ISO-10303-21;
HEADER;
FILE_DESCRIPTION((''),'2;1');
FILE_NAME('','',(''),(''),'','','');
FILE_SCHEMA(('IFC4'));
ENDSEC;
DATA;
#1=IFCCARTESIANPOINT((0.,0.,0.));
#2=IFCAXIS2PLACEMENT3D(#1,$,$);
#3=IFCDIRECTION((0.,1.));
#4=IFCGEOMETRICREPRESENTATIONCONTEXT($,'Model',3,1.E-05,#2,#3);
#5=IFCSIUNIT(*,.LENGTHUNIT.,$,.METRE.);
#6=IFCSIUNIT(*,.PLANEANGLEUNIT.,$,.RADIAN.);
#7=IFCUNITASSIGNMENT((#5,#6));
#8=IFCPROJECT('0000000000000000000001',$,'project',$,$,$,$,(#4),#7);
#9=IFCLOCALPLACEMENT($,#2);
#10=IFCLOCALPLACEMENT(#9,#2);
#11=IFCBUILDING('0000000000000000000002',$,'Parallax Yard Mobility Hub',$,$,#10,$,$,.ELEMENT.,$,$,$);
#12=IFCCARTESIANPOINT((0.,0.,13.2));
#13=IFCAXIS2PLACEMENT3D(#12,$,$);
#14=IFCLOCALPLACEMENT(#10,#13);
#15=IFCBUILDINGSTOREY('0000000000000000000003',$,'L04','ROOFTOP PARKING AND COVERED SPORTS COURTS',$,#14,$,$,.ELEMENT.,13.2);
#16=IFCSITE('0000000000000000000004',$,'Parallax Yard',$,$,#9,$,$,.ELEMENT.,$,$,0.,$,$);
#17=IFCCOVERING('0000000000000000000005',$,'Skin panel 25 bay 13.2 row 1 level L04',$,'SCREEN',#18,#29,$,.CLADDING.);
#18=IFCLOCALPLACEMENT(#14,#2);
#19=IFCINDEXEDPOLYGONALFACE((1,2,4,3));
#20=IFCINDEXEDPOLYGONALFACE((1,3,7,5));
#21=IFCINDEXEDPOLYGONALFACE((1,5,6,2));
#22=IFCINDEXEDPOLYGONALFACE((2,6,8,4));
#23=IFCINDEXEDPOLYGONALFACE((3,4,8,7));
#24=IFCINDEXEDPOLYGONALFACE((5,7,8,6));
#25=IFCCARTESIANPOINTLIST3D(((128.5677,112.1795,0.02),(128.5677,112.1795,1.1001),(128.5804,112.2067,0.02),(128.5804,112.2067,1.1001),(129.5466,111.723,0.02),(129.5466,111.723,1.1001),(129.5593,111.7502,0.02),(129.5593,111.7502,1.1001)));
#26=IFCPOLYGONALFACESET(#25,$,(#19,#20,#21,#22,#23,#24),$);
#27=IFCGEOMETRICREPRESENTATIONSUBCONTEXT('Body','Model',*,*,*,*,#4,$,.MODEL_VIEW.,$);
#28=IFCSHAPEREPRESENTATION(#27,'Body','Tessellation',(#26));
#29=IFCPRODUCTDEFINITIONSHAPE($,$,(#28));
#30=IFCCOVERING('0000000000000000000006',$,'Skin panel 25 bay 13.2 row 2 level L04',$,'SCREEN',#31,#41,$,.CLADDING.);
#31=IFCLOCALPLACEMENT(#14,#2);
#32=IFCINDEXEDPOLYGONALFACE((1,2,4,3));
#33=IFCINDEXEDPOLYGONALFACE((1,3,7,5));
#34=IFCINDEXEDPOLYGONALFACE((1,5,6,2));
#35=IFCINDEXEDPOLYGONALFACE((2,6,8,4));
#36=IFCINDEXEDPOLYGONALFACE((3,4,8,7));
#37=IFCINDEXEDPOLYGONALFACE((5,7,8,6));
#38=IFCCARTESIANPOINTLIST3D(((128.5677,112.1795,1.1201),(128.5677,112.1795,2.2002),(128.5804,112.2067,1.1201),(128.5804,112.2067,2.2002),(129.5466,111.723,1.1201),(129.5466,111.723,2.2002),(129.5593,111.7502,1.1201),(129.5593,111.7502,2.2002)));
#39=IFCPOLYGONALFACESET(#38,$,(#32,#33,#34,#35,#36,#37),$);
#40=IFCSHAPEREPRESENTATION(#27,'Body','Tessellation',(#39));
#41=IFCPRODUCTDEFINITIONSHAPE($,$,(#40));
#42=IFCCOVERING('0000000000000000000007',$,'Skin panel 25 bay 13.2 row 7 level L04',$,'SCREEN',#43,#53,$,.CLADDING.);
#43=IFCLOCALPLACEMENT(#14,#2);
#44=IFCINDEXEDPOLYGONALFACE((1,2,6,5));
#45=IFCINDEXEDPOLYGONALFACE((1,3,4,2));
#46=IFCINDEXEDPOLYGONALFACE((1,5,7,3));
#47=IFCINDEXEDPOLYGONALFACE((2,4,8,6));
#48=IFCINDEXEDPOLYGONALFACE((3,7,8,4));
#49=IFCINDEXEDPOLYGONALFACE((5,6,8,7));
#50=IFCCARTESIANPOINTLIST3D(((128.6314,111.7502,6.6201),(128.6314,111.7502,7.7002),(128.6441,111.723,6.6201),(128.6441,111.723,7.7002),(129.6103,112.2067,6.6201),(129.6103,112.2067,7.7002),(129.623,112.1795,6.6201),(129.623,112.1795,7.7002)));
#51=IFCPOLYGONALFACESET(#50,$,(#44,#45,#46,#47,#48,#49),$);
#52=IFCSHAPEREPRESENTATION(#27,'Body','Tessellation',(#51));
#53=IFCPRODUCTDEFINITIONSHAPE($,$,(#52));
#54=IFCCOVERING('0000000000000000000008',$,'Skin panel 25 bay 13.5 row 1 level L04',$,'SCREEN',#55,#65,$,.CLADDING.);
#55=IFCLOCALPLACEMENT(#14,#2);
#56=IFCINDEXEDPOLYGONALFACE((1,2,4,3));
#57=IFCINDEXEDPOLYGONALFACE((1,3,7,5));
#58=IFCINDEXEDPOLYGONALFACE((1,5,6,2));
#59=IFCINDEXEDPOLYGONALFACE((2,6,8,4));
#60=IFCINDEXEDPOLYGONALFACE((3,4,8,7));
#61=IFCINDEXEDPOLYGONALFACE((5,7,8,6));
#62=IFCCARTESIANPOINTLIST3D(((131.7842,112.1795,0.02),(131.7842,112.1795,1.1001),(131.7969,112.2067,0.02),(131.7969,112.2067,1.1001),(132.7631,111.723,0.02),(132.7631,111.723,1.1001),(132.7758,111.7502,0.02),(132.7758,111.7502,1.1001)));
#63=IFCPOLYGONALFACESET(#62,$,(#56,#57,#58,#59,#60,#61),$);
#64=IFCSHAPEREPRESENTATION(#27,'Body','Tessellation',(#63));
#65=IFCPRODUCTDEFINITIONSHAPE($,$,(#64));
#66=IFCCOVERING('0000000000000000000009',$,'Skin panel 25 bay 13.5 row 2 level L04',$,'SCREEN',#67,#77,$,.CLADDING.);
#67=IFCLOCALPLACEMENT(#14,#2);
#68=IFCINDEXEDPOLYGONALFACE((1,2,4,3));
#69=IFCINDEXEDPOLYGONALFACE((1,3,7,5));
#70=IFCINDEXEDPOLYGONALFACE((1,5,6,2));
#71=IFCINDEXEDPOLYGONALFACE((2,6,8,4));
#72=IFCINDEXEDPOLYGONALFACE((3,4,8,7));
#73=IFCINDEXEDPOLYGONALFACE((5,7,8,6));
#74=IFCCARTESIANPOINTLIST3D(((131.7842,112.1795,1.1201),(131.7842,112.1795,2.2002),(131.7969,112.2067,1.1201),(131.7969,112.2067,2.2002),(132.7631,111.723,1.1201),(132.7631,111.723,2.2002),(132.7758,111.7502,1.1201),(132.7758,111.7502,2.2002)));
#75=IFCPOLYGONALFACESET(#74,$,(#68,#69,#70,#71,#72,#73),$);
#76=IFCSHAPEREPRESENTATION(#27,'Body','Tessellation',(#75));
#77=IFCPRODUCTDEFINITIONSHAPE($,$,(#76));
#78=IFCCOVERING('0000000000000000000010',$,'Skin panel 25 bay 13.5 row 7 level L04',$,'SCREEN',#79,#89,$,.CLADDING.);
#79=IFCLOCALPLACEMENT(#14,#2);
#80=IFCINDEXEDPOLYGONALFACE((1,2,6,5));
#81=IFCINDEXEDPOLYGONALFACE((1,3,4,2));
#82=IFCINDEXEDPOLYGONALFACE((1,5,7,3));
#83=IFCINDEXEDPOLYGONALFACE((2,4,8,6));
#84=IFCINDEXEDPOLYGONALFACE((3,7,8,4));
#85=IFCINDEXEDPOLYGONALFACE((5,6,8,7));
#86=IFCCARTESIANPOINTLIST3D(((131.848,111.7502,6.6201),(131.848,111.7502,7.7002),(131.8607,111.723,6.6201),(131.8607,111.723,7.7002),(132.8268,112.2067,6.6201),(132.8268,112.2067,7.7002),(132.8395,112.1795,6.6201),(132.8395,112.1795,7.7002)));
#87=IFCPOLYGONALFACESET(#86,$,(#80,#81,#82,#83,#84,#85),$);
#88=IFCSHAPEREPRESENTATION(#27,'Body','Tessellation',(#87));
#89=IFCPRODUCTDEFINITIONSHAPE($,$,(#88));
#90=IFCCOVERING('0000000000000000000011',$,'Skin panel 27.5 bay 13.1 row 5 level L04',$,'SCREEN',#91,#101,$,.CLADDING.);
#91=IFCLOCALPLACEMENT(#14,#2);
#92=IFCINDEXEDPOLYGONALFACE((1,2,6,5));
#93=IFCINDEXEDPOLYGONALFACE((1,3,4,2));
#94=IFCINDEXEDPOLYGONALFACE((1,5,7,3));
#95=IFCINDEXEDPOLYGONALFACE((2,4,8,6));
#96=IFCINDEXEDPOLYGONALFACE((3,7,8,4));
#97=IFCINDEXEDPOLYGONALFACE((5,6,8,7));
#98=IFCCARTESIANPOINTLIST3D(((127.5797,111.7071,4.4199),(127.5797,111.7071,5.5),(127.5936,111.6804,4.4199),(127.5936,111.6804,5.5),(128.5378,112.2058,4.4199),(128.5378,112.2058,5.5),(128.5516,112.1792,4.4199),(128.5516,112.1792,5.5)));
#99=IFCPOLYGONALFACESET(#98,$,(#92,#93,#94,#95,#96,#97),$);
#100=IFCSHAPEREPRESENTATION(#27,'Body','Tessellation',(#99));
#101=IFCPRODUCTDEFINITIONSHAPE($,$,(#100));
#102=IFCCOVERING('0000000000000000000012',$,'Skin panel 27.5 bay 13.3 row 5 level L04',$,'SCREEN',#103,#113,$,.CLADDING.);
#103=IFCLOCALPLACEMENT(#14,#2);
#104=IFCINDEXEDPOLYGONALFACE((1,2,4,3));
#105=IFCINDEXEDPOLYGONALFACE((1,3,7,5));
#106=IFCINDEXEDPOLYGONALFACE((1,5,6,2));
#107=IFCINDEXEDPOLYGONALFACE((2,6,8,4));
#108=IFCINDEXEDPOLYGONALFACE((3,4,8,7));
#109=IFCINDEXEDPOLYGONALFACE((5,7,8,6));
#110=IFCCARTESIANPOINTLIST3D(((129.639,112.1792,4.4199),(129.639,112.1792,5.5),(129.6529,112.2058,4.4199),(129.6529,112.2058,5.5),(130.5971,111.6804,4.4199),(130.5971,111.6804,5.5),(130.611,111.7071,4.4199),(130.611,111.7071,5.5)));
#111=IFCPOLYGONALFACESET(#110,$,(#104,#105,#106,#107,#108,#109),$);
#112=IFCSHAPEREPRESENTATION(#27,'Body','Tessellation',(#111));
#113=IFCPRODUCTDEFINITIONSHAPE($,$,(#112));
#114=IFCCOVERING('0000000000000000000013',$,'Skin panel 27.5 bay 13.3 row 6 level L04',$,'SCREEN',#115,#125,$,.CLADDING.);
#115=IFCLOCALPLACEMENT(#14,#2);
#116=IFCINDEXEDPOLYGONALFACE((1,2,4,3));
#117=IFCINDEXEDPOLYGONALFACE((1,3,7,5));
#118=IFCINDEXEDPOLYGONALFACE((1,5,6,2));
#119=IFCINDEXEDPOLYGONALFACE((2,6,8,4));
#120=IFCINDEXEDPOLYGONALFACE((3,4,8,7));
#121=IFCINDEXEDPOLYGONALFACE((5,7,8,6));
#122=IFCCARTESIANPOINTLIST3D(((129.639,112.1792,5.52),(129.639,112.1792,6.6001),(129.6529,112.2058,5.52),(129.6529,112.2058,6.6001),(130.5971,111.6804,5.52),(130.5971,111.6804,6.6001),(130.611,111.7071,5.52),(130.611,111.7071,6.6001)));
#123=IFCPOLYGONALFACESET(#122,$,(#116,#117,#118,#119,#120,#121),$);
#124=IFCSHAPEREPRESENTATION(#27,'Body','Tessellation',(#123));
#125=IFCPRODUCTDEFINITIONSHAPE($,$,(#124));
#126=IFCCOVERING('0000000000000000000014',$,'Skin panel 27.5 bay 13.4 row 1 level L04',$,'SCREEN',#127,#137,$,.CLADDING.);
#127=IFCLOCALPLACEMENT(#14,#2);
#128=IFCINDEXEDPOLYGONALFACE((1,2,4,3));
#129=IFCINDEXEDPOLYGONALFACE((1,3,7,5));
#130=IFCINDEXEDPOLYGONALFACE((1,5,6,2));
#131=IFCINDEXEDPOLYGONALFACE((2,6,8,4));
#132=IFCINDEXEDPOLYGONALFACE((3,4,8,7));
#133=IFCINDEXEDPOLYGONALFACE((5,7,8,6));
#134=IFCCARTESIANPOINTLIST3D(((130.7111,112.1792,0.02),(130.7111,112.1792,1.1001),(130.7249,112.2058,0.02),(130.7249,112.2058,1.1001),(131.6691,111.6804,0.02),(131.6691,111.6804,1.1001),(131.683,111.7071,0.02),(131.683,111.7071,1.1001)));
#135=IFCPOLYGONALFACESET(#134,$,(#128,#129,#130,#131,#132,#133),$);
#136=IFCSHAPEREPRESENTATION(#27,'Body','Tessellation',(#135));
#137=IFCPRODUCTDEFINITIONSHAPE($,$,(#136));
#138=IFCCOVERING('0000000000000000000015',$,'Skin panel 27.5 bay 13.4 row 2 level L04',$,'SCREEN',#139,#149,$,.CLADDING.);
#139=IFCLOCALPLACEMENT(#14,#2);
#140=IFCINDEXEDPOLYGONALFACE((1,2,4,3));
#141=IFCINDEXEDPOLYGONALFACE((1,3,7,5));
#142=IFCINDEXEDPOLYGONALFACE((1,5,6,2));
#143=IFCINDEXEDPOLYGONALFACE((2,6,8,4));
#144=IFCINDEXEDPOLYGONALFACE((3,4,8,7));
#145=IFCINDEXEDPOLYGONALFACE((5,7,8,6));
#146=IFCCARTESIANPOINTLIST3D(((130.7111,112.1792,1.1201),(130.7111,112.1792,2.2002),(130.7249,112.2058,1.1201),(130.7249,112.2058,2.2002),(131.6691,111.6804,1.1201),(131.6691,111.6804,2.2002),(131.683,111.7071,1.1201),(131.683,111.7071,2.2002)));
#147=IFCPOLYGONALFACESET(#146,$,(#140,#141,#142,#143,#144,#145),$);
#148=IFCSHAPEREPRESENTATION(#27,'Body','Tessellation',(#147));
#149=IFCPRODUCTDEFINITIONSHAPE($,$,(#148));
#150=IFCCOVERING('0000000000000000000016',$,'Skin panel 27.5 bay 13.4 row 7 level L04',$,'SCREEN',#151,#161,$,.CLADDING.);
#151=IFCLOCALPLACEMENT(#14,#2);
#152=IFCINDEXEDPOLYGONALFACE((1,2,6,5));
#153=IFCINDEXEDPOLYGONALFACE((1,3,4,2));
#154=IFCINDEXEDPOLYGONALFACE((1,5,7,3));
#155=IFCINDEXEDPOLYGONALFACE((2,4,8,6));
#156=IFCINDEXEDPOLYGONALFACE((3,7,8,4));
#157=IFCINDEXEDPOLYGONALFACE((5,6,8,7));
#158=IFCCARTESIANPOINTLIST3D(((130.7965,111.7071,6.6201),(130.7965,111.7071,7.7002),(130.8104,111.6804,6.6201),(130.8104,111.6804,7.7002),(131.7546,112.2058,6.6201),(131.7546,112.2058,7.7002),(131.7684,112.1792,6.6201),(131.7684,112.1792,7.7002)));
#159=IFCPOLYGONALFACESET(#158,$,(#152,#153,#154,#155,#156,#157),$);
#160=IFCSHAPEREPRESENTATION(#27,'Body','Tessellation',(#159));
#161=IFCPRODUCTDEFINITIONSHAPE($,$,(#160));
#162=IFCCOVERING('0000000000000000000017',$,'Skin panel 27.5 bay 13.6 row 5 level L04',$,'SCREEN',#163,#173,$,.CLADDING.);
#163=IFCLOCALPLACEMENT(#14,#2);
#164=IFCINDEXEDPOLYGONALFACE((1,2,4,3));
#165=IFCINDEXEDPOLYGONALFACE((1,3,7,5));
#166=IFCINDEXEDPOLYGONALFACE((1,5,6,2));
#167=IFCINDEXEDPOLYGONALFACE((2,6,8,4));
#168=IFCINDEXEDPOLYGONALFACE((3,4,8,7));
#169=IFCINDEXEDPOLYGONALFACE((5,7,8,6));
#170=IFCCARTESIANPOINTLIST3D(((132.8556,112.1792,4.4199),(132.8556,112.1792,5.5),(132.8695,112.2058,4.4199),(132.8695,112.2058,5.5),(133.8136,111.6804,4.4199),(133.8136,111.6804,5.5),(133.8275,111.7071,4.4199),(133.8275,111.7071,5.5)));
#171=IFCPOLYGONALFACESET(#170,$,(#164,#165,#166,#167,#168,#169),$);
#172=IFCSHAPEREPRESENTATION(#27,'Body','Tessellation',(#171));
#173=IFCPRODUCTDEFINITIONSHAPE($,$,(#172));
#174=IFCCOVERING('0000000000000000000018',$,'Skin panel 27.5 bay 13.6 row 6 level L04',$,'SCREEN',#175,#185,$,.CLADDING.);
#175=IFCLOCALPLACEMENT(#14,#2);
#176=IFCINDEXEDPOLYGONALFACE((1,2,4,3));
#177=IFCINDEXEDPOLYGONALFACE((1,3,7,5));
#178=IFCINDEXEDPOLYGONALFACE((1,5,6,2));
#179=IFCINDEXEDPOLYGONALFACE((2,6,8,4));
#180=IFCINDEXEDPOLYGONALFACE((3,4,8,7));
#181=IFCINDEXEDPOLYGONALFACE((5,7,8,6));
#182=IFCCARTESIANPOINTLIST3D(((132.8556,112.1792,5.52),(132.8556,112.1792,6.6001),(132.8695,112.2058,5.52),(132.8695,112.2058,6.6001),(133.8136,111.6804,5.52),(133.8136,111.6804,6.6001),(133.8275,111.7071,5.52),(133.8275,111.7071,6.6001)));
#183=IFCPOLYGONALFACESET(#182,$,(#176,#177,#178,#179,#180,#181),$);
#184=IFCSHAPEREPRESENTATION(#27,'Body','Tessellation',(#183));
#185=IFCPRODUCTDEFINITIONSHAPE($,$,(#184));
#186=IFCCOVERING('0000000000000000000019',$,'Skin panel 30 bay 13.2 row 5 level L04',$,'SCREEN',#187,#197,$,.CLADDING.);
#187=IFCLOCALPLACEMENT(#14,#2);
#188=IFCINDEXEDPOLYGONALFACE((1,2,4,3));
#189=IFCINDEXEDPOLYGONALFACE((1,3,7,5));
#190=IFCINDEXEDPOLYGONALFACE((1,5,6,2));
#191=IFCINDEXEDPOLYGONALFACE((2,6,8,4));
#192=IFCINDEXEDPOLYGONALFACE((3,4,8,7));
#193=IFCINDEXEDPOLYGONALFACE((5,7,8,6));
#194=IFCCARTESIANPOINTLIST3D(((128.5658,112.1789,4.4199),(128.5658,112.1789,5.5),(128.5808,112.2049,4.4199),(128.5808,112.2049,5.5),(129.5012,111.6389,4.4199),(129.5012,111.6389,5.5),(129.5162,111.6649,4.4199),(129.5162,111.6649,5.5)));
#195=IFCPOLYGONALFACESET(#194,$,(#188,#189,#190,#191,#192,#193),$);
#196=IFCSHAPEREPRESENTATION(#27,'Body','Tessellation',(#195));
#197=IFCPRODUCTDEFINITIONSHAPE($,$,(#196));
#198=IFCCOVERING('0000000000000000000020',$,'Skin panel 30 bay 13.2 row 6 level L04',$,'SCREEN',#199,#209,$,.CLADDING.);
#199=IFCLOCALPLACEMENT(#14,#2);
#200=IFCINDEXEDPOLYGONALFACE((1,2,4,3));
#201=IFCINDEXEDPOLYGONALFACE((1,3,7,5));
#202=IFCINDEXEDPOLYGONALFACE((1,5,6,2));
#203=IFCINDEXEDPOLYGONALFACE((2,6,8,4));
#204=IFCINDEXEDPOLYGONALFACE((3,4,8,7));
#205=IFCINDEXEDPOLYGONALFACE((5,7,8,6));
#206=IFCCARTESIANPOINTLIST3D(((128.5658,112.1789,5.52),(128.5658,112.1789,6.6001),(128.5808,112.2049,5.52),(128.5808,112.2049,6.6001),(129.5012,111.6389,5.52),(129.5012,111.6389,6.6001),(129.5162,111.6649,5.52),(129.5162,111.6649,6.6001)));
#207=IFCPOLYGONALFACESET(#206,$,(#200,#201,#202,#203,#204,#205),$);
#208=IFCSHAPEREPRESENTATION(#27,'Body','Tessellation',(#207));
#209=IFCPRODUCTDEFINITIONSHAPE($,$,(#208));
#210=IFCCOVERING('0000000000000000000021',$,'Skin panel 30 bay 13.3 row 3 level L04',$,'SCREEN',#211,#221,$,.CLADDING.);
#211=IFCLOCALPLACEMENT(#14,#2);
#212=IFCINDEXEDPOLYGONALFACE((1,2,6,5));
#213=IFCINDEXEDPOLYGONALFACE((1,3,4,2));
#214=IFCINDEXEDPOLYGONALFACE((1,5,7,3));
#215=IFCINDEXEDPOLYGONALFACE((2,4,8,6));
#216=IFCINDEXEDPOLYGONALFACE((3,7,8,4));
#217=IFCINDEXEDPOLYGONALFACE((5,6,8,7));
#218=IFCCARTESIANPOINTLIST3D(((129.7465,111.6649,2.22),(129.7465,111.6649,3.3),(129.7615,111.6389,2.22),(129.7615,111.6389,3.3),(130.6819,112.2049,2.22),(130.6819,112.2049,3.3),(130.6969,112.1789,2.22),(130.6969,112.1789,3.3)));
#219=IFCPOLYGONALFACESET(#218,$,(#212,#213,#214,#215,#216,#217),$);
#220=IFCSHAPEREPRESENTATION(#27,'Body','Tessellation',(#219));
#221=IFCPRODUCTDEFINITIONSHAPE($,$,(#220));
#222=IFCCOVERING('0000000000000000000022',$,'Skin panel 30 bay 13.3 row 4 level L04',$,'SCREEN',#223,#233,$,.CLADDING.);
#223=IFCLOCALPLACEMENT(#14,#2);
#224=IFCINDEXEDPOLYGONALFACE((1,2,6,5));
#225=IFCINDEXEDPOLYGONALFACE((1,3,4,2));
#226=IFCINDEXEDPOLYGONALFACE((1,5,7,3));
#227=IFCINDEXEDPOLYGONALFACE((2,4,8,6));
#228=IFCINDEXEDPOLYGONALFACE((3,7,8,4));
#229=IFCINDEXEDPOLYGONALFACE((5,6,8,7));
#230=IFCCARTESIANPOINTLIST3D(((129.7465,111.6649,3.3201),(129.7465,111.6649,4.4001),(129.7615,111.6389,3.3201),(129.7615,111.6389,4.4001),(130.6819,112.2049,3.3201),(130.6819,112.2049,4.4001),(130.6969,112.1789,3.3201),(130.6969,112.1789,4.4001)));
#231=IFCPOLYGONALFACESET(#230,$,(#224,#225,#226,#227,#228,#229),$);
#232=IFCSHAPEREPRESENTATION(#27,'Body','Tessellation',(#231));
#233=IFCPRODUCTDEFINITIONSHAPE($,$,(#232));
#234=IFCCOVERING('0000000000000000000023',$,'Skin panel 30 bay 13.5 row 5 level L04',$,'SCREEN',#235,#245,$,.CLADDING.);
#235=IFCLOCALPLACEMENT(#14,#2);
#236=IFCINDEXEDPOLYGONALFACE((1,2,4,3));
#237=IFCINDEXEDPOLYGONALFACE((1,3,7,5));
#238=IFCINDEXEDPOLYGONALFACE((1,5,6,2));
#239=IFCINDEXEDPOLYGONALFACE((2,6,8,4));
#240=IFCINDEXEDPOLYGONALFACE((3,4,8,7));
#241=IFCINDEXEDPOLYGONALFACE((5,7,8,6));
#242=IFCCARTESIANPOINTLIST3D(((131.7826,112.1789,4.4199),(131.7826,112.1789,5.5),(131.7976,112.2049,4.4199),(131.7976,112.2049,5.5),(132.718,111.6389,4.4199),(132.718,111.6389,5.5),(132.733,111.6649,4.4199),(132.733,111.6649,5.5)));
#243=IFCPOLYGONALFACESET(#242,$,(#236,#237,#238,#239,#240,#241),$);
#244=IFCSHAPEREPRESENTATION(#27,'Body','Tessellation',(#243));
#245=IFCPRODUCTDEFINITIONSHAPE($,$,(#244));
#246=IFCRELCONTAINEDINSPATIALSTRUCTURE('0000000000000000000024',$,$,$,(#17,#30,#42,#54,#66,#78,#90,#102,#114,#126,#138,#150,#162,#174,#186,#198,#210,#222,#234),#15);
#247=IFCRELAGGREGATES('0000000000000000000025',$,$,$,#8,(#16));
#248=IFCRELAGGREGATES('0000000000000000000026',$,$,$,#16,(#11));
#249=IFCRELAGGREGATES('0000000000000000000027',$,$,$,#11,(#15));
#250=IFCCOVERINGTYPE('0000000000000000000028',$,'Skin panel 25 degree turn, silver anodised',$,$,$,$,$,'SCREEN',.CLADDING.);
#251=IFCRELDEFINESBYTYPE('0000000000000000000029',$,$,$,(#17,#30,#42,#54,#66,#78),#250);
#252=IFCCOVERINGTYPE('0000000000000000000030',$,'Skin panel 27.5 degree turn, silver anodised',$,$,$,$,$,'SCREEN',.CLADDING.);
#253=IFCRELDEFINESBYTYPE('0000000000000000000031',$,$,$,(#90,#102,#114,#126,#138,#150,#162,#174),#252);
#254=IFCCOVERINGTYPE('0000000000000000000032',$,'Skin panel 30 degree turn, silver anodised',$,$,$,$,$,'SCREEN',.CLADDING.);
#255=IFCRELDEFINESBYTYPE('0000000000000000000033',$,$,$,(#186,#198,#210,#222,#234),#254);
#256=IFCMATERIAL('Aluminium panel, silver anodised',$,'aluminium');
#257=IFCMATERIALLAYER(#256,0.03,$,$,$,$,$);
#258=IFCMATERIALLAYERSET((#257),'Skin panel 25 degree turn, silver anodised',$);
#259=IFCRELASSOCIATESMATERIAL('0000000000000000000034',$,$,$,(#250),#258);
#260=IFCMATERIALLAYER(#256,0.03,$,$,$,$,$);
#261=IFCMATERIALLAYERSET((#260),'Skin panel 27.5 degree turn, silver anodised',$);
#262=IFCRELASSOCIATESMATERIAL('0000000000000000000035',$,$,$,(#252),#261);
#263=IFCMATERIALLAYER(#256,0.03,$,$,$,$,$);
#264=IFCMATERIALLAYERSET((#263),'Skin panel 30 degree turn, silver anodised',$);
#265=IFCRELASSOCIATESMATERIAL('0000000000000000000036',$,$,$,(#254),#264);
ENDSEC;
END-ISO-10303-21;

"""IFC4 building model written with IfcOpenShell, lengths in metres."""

from ifc_helpers import new_model, si_unit, direction, frame, origin, origin_2d, place, context, subcontext, project, spatial, rectangle, extrude, material, layer, layer_set, type_object, element, save


model = new_model("IFC4")

# Units and contexts
model_context = context("Model", 3, precision=1e-05, world=origin(), true_north=direction((0.0, 1.0)))
body_context = subcontext(model_context, "Body", "Model", "MODEL_VIEW")
ifc_project = project(units=[si_unit("LENGTHUNIT", "METRE"), si_unit("PLANEANGLEUNIT", "RADIAN")], contexts=[model_context])

# Site, building, storey
site_placement = place(None, origin())
site = spatial("IfcSite", under=ifc_project, at=site_placement, Name="Parallax Yard", CompositionType="ELEMENT", RefElevation=0.0)
building_placement = place(site_placement, origin())
building = spatial("IfcBuilding", under=site, at=building_placement, Name="Parallax Yard Mobility Hub", CompositionType="ELEMENT")
storey_placement = place(building_placement, frame((0.0, 0.0, 13.2)))
storey = spatial("IfcBuildingStorey", under=building, at=storey_placement, Name="L04", Description="ROOFTOP PARKING AND COVERED SPORTS COURTS", CompositionType="ELEMENT", Elevation=13.2)

# Coverings
ifc_material = material(Name="Aluminium panel, silver anodised", Category="aluminium")
ifc_layer_1 = layer(ifc_material, 0.03)
ifc_layer_set_1 = layer_set([ifc_layer_1], Name="Skin panel 25 degree turn, silver anodised")
covering_type_1 = type_object("IfcCoveringType", Name="Skin panel 25 degree turn, silver anodised", ElementType="SCREEN", PredefinedType="CLADDING", material=ifc_layer_set_1)
for number, where, z_axis, x_axis, name in (
    (1, (129.0635, 111.9648, 0.02), (0.0, 0.0, 1.0), (0.906308, -0.422618, 0.0), "Skin panel 25 bay 13.2 row 1 level L04"),
    (2, (129.0635, 111.9648, 1.1201), (0.0, 0.0, 1.0), (0.906308, -0.422618, 0.0), "Skin panel 25 bay 13.2 row 2 level L04"),
    (3, (129.1272, 111.9648, 6.6201), (0.0, 0.0, 1.0), (-0.906308, -0.422618, 0.0), "Skin panel 25 bay 13.2 row 7 level L04"),
    (4, (132.28, 111.9648, 0.02), (0.0, 0.0, 1.0), (0.906308, -0.422618, 0.0), "Skin panel 25 bay 13.5 row 1 level L04"),
    (5, (132.28, 111.9648, 1.1201), (0.0, 0.0, 1.0), (0.906308, -0.422618, 0.0), "Skin panel 25 bay 13.5 row 2 level L04"),
    (6, (132.3438, 111.9648, 6.6201), (0.0, 0.0, 1.0), (-0.906308, -0.422618, 0.0), "Skin panel 25 bay 13.5 row 7 level L04"),
):
    element("IfcCovering", number, at=place(storey_placement, frame(where, z_axis=z_axis, x_axis=x_axis)), inside=storey, type_object=covering_type_1, Name=name, ObjectType="SCREEN", PredefinedType="CLADDING", context=body_context, shape_type="SweptSolid", body=[
        extrude(rectangle(XDim=1.0801, YDim=0.03, at=origin_2d()), origin(), (0.0, 0.0, 1.0), 1.0801),
    ])
ifc_layer_2 = layer(ifc_material, 0.03)
ifc_layer_set_2 = layer_set([ifc_layer_2], Name="Skin panel 27.5 degree turn, silver anodised")
covering_type_2 = type_object("IfcCoveringType", Name="Skin panel 27.5 degree turn, silver anodised", ElementType="SCREEN", PredefinedType="CLADDING", material=ifc_layer_set_2)
for number, where, z_axis, x_axis, name in (
    (7, (128.0657, 111.9431, 4.4199), (0.0, 0.0, 1.0), (-0.887011, -0.461749, 0.0), "Skin panel 27.5 bay 13.1 row 5 level L04"),
    (8, (130.125, 111.9431, 4.4199), (0.0, 0.0, 1.0), (0.887011, -0.461749, 0.0), "Skin panel 27.5 bay 13.3 row 5 level L04"),
    (9, (130.125, 111.9431, 5.52), (0.0, 0.0, 1.0), (0.887011, -0.461749, 0.0), "Skin panel 27.5 bay 13.3 row 6 level L04"),
    (10, (131.197, 111.9431, 0.02), (0.0, 0.0, 1.0), (0.887011, -0.461749, 0.0), "Skin panel 27.5 bay 13.4 row 1 level L04"),
    (11, (131.197, 111.9431, 1.1201), (0.0, 0.0, 1.0), (0.887011, -0.461749, 0.0), "Skin panel 27.5 bay 13.4 row 2 level L04"),
    (12, (131.2825, 111.9431, 6.6201), (0.0, 0.0, 1.0), (-0.887011, -0.461749, 0.0), "Skin panel 27.5 bay 13.4 row 7 level L04"),
    (13, (133.3416, 111.9431, 4.4199), (0.0, 0.0, 1.0), (0.887011, -0.461749, 0.0), "Skin panel 27.5 bay 13.6 row 5 level L04"),
    (14, (133.3416, 111.9431, 5.52), (0.0, 0.0, 1.0), (0.887011, -0.461749, 0.0), "Skin panel 27.5 bay 13.6 row 6 level L04"),
):
    element("IfcCovering", number, at=place(storey_placement, frame(where, z_axis=z_axis, x_axis=x_axis)), inside=storey, type_object=covering_type_2, Name=name, ObjectType="SCREEN", PredefinedType="CLADDING", context=body_context, shape_type="SweptSolid", body=[
        extrude(rectangle(XDim=1.0801, YDim=0.03, at=origin_2d()), origin(), (0.0, 0.0, 1.0), 1.0801),
    ])
ifc_layer_3 = layer(ifc_material, 0.03)
ifc_layer_set_3 = layer_set([ifc_layer_3], Name="Skin panel 30 degree turn, silver anodised")
covering_type_3 = type_object("IfcCoveringType", Name="Skin panel 30 degree turn, silver anodised", ElementType="SCREEN", PredefinedType="CLADDING", material=ifc_layer_set_3)
for number, where, z_axis, x_axis, name in (
    (15, (129.041, 111.9219, 4.4199), (0.0, 0.0, 1.0), (0.866025, -0.5, 0.0), "Skin panel 30 bay 13.2 row 5 level L04"),
    (16, (129.041, 111.9219, 5.52), (0.0, 0.0, 1.0), (0.866025, -0.5, 0.0), "Skin panel 30 bay 13.2 row 6 level L04"),
    (17, (130.2217, 111.9219, 2.22), (0.0, 0.0, 1.0), (-0.866025, -0.5, 0.0), "Skin panel 30 bay 13.3 row 3 level L04"),
    (18, (130.2217, 111.9219, 3.3201), (0.0, 0.0, 1.0), (-0.866025, -0.5, 0.0), "Skin panel 30 bay 13.3 row 4 level L04"),
    (19, (132.2578, 111.9219, 4.4199), (0.0, 0.0, 1.0), (0.866025, -0.5, 0.0), "Skin panel 30 bay 13.5 row 5 level L04"),
):
    element("IfcCovering", number, at=place(storey_placement, frame(where, z_axis=z_axis, x_axis=x_axis)), inside=storey, type_object=covering_type_3, Name=name, ObjectType="SCREEN", PredefinedType="CLADDING", context=body_context, shape_type="SweptSolid", body=[
        extrude(rectangle(XDim=1.0801, YDim=0.03, at=origin_2d()), origin(), (0.0, 0.0, 1.0), 1.0801),
    ])

save(model, "model.ifc")
